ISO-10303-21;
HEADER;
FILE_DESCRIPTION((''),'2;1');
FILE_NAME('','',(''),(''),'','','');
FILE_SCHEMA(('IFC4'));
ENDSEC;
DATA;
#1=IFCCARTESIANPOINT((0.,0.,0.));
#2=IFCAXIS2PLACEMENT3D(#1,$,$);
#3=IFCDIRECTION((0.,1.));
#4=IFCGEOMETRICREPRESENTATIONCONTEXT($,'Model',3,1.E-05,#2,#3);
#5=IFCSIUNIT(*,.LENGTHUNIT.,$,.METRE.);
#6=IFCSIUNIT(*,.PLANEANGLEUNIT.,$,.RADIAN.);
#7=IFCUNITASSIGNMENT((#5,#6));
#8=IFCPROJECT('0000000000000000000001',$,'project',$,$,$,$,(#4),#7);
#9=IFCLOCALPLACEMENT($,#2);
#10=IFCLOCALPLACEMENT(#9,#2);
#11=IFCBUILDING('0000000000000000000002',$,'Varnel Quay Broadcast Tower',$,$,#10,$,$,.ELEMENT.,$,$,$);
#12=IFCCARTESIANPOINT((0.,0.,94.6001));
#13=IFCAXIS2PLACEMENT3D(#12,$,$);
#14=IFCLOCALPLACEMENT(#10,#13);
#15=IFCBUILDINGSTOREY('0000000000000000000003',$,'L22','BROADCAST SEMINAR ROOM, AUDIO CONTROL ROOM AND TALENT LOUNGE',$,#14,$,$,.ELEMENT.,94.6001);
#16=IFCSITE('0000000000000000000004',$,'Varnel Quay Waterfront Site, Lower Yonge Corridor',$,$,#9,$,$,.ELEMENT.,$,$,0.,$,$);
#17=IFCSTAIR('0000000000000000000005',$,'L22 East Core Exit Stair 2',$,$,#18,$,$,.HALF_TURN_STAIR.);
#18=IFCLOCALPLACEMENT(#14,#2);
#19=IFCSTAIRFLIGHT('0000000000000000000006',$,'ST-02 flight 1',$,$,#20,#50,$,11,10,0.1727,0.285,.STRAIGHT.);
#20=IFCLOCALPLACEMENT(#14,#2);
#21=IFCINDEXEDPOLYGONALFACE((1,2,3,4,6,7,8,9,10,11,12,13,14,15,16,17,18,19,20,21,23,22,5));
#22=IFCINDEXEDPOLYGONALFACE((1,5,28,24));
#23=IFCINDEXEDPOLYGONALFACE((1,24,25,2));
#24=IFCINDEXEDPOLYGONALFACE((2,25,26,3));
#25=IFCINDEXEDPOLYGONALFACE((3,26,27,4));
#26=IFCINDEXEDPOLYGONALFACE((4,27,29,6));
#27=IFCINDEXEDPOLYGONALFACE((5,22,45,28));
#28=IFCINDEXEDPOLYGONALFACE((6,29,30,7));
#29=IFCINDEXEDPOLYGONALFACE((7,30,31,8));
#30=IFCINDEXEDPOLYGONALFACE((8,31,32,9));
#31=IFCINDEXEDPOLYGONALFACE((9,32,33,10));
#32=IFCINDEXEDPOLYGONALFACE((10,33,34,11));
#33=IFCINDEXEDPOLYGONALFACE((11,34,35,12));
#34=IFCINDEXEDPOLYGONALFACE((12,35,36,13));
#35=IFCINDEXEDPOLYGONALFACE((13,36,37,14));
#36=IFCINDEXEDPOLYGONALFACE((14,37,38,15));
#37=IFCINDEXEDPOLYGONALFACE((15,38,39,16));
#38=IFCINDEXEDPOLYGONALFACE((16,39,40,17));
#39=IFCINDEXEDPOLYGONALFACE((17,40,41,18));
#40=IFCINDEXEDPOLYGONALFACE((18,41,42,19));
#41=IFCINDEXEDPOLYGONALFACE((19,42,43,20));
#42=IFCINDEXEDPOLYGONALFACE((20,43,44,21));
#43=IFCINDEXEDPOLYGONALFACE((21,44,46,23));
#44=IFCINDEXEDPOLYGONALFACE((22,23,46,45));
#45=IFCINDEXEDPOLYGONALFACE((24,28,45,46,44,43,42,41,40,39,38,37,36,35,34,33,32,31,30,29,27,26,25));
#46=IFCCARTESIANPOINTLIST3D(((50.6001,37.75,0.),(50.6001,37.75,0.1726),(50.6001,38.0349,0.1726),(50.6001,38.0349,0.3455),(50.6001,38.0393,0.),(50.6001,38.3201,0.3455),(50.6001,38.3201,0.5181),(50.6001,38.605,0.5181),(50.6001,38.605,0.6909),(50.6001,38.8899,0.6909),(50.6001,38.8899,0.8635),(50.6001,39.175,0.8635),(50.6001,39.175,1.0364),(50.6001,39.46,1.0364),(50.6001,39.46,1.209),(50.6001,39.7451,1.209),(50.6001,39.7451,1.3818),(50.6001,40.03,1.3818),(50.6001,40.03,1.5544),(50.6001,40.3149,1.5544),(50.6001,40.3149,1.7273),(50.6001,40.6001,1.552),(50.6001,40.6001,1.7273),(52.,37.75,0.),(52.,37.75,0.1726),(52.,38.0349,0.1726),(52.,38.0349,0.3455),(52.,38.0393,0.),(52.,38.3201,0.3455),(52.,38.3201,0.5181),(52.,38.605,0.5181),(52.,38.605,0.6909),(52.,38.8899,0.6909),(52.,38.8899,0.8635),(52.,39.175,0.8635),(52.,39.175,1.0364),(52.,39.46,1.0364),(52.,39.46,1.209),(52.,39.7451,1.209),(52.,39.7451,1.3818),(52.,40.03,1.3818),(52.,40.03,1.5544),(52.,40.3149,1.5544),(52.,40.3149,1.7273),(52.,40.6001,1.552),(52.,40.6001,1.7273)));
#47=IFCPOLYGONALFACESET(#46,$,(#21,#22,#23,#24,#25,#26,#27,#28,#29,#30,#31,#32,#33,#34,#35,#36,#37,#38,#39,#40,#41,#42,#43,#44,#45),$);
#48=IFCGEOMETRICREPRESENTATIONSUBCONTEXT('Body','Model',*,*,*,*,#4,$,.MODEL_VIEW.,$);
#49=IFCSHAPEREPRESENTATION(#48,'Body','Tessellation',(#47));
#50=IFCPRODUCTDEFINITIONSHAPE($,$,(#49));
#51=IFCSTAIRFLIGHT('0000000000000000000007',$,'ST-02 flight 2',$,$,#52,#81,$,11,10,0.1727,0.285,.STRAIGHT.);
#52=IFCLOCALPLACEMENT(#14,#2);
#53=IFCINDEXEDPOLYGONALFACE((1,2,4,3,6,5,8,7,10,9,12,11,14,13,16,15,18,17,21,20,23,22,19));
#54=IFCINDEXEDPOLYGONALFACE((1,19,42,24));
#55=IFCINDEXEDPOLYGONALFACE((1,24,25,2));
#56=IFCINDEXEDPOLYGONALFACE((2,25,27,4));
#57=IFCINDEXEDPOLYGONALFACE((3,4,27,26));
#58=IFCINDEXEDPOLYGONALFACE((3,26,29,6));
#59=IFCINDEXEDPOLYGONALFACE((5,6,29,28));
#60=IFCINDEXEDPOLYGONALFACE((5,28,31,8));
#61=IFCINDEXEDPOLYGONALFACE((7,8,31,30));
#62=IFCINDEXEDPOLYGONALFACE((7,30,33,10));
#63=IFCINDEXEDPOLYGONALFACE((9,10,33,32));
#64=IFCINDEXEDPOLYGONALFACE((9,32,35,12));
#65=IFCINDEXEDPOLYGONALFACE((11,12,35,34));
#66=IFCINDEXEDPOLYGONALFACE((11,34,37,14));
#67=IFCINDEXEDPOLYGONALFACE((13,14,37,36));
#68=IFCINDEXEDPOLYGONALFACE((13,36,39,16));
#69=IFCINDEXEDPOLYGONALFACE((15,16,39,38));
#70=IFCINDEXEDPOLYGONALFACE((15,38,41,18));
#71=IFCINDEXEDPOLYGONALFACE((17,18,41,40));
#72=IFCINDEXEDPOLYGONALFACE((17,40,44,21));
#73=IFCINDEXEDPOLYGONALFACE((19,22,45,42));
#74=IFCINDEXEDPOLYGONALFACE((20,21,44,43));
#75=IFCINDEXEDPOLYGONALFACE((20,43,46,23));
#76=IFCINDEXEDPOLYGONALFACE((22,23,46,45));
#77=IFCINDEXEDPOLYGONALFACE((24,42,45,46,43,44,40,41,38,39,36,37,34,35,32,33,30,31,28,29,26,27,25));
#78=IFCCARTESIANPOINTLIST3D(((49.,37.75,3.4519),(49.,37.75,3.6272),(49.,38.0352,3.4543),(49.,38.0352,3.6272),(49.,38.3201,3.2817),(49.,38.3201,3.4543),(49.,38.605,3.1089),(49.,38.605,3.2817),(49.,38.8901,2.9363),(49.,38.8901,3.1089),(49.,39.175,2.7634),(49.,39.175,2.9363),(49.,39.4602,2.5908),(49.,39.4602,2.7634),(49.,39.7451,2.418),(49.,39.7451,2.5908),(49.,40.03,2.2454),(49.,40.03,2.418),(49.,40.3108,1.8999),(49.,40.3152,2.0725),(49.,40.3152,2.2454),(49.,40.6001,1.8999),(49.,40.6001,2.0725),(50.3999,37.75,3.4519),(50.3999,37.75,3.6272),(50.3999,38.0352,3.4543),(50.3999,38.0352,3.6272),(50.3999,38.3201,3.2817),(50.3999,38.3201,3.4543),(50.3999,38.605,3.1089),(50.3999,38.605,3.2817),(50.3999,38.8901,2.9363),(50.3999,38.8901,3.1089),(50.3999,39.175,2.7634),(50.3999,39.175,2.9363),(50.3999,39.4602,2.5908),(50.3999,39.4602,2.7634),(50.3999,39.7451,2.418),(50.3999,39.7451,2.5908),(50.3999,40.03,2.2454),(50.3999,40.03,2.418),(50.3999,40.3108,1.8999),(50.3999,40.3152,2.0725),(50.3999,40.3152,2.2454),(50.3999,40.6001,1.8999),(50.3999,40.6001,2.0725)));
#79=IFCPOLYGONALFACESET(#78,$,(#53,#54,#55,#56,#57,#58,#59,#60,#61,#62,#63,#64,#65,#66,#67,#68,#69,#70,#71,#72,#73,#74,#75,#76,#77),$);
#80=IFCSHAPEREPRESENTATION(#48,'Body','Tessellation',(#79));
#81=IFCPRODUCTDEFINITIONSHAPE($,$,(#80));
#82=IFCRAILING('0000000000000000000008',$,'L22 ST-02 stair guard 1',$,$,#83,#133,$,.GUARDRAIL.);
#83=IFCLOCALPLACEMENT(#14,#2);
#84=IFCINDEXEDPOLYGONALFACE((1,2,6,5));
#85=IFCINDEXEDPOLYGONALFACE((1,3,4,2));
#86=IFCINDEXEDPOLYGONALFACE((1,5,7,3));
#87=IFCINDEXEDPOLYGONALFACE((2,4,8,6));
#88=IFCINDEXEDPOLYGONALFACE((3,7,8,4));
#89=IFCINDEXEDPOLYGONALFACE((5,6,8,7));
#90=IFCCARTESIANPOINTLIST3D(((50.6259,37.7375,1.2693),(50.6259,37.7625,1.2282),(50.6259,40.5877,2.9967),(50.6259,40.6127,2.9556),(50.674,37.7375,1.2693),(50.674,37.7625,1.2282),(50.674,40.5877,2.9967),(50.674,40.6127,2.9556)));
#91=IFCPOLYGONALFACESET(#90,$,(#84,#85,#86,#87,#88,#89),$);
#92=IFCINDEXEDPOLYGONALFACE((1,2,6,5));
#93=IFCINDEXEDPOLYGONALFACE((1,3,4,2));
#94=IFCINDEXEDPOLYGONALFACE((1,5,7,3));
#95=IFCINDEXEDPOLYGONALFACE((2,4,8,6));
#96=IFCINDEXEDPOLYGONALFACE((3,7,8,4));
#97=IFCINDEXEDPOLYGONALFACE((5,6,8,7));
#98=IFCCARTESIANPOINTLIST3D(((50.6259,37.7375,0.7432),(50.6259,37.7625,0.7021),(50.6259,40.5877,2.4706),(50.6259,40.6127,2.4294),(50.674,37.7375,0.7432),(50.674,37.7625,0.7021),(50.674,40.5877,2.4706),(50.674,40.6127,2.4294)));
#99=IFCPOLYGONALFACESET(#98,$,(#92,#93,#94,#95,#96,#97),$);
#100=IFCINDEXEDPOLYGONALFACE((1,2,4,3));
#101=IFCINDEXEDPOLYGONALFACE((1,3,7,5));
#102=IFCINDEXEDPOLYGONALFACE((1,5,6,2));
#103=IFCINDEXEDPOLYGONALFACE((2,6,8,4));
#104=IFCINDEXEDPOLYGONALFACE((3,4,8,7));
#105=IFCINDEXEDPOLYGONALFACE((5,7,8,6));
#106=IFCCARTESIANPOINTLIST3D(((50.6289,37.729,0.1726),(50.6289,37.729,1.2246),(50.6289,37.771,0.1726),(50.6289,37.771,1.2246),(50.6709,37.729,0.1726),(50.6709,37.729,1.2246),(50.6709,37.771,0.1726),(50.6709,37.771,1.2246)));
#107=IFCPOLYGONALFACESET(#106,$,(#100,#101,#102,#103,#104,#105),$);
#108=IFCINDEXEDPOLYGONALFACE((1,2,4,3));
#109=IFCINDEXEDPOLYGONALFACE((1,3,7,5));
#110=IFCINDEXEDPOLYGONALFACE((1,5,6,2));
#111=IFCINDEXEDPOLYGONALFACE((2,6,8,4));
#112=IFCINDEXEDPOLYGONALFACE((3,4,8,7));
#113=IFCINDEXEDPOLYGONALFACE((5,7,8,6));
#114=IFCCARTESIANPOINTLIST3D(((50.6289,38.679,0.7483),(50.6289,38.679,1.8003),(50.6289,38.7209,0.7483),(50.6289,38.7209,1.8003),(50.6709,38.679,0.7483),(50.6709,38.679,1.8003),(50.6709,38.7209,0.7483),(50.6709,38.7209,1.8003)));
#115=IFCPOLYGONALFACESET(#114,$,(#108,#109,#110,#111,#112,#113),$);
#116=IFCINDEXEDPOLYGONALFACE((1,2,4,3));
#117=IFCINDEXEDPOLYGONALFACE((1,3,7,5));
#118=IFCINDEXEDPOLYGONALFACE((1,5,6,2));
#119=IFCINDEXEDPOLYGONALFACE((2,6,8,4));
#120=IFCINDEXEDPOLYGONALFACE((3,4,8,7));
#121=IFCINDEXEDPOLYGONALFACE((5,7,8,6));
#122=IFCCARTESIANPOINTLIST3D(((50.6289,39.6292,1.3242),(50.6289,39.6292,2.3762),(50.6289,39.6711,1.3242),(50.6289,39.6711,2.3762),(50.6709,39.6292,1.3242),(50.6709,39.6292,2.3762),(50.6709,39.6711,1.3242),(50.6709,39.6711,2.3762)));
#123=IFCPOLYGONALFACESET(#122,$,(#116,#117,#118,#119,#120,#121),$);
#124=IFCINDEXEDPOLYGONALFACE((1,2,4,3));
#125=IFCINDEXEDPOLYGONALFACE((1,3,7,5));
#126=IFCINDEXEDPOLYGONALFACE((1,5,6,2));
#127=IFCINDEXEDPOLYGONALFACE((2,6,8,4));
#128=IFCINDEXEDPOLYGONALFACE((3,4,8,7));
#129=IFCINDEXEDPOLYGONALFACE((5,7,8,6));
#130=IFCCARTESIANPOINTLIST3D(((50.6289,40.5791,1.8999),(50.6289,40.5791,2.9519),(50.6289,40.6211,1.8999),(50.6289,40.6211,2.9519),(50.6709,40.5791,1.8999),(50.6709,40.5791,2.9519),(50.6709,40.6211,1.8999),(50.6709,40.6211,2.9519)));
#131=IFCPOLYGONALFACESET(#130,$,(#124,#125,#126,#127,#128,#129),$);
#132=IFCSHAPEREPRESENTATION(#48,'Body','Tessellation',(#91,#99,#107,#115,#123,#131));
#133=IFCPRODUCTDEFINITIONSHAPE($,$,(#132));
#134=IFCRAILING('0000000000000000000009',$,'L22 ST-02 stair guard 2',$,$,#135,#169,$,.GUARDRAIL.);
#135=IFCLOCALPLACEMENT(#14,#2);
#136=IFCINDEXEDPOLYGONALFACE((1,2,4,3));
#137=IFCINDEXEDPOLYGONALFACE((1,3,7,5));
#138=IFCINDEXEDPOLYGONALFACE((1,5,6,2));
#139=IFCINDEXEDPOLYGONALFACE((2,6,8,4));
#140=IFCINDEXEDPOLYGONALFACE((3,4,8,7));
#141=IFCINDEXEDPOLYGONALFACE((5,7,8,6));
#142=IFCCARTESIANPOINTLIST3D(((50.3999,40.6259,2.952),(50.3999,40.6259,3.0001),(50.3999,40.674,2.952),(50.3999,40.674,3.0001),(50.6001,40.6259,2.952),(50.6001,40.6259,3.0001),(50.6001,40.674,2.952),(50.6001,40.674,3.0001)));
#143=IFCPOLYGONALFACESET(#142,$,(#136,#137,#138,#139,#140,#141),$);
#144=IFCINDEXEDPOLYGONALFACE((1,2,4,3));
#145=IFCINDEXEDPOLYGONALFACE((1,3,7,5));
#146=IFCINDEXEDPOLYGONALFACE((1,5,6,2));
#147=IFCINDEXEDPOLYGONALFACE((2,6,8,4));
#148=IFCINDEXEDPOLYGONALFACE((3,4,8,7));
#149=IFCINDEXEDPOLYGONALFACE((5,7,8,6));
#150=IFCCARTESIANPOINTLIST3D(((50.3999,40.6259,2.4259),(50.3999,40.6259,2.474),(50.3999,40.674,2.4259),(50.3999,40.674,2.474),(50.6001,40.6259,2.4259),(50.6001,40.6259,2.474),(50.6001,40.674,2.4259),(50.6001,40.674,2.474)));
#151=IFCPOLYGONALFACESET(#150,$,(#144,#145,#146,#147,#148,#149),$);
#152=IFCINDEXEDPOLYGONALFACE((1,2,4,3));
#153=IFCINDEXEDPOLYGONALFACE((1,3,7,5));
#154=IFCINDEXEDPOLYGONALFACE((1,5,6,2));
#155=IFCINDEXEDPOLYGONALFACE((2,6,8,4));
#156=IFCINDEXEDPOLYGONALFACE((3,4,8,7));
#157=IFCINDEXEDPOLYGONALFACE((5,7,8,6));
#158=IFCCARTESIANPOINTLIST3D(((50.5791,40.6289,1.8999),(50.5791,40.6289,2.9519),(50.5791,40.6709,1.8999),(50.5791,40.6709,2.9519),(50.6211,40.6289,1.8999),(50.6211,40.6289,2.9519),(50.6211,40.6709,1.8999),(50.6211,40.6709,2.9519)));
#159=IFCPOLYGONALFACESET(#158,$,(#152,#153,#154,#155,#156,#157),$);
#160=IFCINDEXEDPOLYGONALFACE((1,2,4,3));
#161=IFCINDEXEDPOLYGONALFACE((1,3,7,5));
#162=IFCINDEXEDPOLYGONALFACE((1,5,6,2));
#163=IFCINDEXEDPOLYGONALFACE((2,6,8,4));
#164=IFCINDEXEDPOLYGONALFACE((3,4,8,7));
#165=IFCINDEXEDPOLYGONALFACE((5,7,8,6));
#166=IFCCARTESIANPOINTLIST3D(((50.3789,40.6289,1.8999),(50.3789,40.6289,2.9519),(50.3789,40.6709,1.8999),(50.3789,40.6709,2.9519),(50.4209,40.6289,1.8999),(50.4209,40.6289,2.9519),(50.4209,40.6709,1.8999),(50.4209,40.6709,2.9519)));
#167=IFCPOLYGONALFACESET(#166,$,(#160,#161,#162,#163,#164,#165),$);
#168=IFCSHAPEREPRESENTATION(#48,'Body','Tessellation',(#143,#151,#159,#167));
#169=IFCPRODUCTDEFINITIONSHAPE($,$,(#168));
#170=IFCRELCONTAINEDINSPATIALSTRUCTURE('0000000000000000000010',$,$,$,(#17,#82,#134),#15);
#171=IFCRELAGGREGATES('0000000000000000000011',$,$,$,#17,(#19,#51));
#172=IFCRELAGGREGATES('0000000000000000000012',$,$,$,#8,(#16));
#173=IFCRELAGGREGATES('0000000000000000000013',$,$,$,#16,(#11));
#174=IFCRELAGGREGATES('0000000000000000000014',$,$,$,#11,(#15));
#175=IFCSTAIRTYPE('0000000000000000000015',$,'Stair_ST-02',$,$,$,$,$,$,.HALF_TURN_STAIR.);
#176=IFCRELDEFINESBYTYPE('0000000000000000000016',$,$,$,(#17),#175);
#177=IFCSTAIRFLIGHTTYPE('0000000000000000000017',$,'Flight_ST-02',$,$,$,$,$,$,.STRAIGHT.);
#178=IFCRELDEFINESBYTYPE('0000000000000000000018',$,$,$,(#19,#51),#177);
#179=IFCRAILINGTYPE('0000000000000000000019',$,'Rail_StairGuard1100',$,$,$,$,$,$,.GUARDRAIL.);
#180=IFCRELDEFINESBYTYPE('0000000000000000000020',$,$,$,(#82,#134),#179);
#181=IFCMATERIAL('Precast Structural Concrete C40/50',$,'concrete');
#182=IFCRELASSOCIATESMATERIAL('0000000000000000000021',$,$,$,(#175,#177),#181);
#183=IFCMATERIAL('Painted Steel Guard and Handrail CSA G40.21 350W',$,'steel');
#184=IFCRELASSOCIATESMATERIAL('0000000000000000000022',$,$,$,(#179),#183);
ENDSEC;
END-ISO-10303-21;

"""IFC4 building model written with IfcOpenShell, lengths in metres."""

from ifc_helpers import new_model, si_unit, direction, frame, origin, origin_2d, place, context, subcontext, project, spatial, polyline, rectangle, outline, extrude, material, type_object, element, aggregate, save


model = new_model("IFC4")

# Units and contexts
model_context = context("Model", 3, precision=1e-05, world=origin(), true_north=direction((0.0, 1.0)))
body_context = subcontext(model_context, "Body", "Model", "MODEL_VIEW")
ifc_project = project(units=[si_unit("LENGTHUNIT", "METRE"), si_unit("PLANEANGLEUNIT", "RADIAN")], contexts=[model_context])

# Site, building, storey
site_placement = place(None, origin())
site = spatial("IfcSite", under=ifc_project, at=site_placement, Name="Varnel Quay Waterfront Site, Lower Yonge Corridor", CompositionType="ELEMENT", RefElevation=0.0)
building_placement = place(site_placement, origin())
building = spatial("IfcBuilding", under=site, at=building_placement, Name="Varnel Quay Broadcast Tower", CompositionType="ELEMENT")
storey_placement = place(building_placement, frame((0.0, 0.0, 94.6001)))
storey = spatial("IfcBuildingStorey", under=building, at=storey_placement, Name="L22", Description="BROADCAST SEMINAR ROOM, AUDIO CONTROL ROOM AND TALENT LOUNGE", CompositionType="ELEMENT", Elevation=94.6001)

# Stair, stair flights
ifc_material_1 = material(Name="Precast Structural Concrete C40/50", Category="concrete")
stair_type = type_object("IfcStairType", Name="Stair_ST-02", PredefinedType="HALF_TURN_STAIR", material=ifc_material_1)
stair_placement = place(storey_placement, origin())
stair = element("IfcStair", 1, at=stair_placement, inside=storey, type_object=stair_type, Name="L22 East Core Exit Stair 2", PredefinedType="HALF_TURN_STAIR")
stair_flight_type = type_object("IfcStairFlightType", Name="Flight_ST-02", PredefinedType="STRAIGHT", material=ifc_material_1)
stair_flight_1_placement = place(storey_placement, frame((51.3, 37.75, 0.0), z_axis=(0.0, 0.0, 1.0), x_axis=(0.0, 1.0, 0.0)))
stair_flight_1 = element("IfcStairFlight", 2, at=stair_flight_1_placement, type_object=stair_flight_type, Name="ST-02 flight 1", NumberOfRisers=11, NumberOfTreads=10, PredefinedType="STRAIGHT", RiserHeight=0.1727, TreadLength=0.285, context=body_context, shape_type="SweptSolid", body=[
    extrude(outline(polyline([(0.0, 0.0), (0.0, 0.1726), (0.2849, 0.1726), (0.2849, 0.3455), (0.5701, 0.3455), (0.5701, 0.5181), (0.855, 0.5181), (0.855, 0.6909), (1.1399, 0.6909), (1.1399, 0.8635), (1.425, 0.8635), (1.425, 1.0364), (1.71, 1.0364), (1.71, 1.209), (1.9951, 1.209), (1.9951, 1.3818), (2.28, 1.3818), (2.28, 1.5544), (2.5649, 1.5544), (2.5649, 1.7273), (2.8501, 1.7273), (2.8501, 1.8999), (2.8501, 1.552), (0.2893, 0.0), (0.0, 0.0)])), frame((0.0, 0.7, 0.0), z_axis=(0.0, -1.0, 0.0), x_axis=(1.0, 0.0, 0.0)), (0.0, 0.0, 1.0), 1.3999),
])
stair_flight_2_placement = place(storey_placement, frame((49.7, 40.6001, 1.8999), z_axis=(0.0, 0.0, 1.0), x_axis=(0.0, -1.0, 0.0)))
stair_flight_2 = element("IfcStairFlight", 3, at=stair_flight_2_placement, type_object=stair_flight_type, Name="ST-02 flight 2", NumberOfRisers=11, NumberOfTreads=10, PredefinedType="STRAIGHT", RiserHeight=0.1727, TreadLength=0.285, context=body_context, shape_type="SweptSolid", body=[
    extrude(outline(polyline([(0.0, 0.0), (0.0, 0.1726), (0.2849, 0.1726), (0.2849, 0.3455), (0.5701, 0.3455), (0.5701, 0.5181), (0.855, 0.5181), (0.855, 0.6909), (1.1399, 0.6909), (1.1399, 0.8635), (1.425, 0.8635), (1.425, 1.0364), (1.71, 1.0364), (1.71, 1.209), (1.9951, 1.209), (1.9951, 1.3818), (2.28, 1.3818), (2.28, 1.5544), (2.5649, 1.5544), (2.5649, 1.7273), (2.8501, 1.7273), (2.8501, 1.8999), (2.8501, 1.552), (0.2893, 0.0), (0.0, 0.0)])), frame((0.0, 0.7, 0.0), z_axis=(0.0, -1.0, 0.0), x_axis=(1.0, 0.0, 0.0)), (0.0, 0.0, 1.0), 1.3999),
])
aggregate(stair, [stair_flight_1, stair_flight_2])

# Railings
ifc_material_2 = material(Name="Painted Steel Guard and Handrail CSA G40.21 350W", Category="steel")
railing_type_1 = type_object("IfcRailingType", Name="Rail_StairGuard1100", PredefinedType="GUARDRAIL", material=ifc_material_2)
railing_1_placement = place(storey_placement, frame((50.6499, 37.75, 0.1726)))
element("IfcRailing", 4, at=railing_1_placement, inside=storey, type_object=railing_type_1, Name="L22 ST-02 stair guard 1", PredefinedType="GUARDRAIL", context=body_context, shape_type="SweptSolid", body=[
    extrude(rectangle(XDim=0.0481, YDim=0.0481, at=origin_2d()), frame((0.0, 0.0, 1.0762), z_axis=(0.0, 0.855203, 0.518294), x_axis=(-1.0, 0.0, 0.0)), (0.0, 0.0, 1.0), 3.3328),
    extrude(rectangle(XDim=0.0481, YDim=0.0481, at=origin_2d()), frame((0.0, 0.0, 0.55), z_axis=(0.0, 0.855203, 0.518294), x_axis=(-1.0, 0.0, 0.0)), (0.0, 0.0, 1.0), 3.3328),
    extrude(rectangle(XDim=0.042, YDim=0.042, at=origin_2d()), origin(), (0.0, 0.0, 1.0), 1.052),
    extrude(rectangle(XDim=0.042, YDim=0.042, at=origin_2d()), frame((0.0, 0.95, 0.5757)), (0.0, 0.0, 1.0), 1.052),
    extrude(rectangle(XDim=0.042, YDim=0.042, at=origin_2d()), frame((0.0, 1.9001, 1.1516)), (0.0, 0.0, 1.0), 1.052),
    extrude(rectangle(XDim=0.042, YDim=0.042, at=origin_2d()), frame((0.0, 2.8501, 1.7273)), (0.0, 0.0, 1.0), 1.052),
])
railing_2_placement = place(storey_placement, frame((50.6001, 40.6499, 1.8999)))
element("IfcRailing", 5, at=railing_2_placement, inside=storey, type_object=railing_type_1, Name="L22 ST-02 stair guard 2", PredefinedType="GUARDRAIL", context=body_context, shape_type="SweptSolid", body=[
    extrude(rectangle(XDim=0.0481, YDim=0.0481, at=origin_2d()), frame((0.0, 0.0, 1.0762), z_axis=(-1.0, 0.0, 0.0), x_axis=(0.0, -1.0, 0.0)), (0.0, 0.0, 1.0), 0.2002),
    extrude(rectangle(XDim=0.0481, YDim=0.0481, at=origin_2d()), frame((0.0, 0.0, 0.55), z_axis=(-1.0, 0.0, 0.0), x_axis=(0.0, -1.0, 0.0)), (0.0, 0.0, 1.0), 0.2002),
    extrude(rectangle(XDim=0.042, YDim=0.042, at=origin_2d()), origin(), (0.0, 0.0, 1.0), 1.052),
    extrude(rectangle(XDim=0.042, YDim=0.042, at=origin_2d()), frame((-0.2002, 0.0, 0.0)), (0.0, 0.0, 1.0), 1.052),
])

save(model, "model.ifc")
